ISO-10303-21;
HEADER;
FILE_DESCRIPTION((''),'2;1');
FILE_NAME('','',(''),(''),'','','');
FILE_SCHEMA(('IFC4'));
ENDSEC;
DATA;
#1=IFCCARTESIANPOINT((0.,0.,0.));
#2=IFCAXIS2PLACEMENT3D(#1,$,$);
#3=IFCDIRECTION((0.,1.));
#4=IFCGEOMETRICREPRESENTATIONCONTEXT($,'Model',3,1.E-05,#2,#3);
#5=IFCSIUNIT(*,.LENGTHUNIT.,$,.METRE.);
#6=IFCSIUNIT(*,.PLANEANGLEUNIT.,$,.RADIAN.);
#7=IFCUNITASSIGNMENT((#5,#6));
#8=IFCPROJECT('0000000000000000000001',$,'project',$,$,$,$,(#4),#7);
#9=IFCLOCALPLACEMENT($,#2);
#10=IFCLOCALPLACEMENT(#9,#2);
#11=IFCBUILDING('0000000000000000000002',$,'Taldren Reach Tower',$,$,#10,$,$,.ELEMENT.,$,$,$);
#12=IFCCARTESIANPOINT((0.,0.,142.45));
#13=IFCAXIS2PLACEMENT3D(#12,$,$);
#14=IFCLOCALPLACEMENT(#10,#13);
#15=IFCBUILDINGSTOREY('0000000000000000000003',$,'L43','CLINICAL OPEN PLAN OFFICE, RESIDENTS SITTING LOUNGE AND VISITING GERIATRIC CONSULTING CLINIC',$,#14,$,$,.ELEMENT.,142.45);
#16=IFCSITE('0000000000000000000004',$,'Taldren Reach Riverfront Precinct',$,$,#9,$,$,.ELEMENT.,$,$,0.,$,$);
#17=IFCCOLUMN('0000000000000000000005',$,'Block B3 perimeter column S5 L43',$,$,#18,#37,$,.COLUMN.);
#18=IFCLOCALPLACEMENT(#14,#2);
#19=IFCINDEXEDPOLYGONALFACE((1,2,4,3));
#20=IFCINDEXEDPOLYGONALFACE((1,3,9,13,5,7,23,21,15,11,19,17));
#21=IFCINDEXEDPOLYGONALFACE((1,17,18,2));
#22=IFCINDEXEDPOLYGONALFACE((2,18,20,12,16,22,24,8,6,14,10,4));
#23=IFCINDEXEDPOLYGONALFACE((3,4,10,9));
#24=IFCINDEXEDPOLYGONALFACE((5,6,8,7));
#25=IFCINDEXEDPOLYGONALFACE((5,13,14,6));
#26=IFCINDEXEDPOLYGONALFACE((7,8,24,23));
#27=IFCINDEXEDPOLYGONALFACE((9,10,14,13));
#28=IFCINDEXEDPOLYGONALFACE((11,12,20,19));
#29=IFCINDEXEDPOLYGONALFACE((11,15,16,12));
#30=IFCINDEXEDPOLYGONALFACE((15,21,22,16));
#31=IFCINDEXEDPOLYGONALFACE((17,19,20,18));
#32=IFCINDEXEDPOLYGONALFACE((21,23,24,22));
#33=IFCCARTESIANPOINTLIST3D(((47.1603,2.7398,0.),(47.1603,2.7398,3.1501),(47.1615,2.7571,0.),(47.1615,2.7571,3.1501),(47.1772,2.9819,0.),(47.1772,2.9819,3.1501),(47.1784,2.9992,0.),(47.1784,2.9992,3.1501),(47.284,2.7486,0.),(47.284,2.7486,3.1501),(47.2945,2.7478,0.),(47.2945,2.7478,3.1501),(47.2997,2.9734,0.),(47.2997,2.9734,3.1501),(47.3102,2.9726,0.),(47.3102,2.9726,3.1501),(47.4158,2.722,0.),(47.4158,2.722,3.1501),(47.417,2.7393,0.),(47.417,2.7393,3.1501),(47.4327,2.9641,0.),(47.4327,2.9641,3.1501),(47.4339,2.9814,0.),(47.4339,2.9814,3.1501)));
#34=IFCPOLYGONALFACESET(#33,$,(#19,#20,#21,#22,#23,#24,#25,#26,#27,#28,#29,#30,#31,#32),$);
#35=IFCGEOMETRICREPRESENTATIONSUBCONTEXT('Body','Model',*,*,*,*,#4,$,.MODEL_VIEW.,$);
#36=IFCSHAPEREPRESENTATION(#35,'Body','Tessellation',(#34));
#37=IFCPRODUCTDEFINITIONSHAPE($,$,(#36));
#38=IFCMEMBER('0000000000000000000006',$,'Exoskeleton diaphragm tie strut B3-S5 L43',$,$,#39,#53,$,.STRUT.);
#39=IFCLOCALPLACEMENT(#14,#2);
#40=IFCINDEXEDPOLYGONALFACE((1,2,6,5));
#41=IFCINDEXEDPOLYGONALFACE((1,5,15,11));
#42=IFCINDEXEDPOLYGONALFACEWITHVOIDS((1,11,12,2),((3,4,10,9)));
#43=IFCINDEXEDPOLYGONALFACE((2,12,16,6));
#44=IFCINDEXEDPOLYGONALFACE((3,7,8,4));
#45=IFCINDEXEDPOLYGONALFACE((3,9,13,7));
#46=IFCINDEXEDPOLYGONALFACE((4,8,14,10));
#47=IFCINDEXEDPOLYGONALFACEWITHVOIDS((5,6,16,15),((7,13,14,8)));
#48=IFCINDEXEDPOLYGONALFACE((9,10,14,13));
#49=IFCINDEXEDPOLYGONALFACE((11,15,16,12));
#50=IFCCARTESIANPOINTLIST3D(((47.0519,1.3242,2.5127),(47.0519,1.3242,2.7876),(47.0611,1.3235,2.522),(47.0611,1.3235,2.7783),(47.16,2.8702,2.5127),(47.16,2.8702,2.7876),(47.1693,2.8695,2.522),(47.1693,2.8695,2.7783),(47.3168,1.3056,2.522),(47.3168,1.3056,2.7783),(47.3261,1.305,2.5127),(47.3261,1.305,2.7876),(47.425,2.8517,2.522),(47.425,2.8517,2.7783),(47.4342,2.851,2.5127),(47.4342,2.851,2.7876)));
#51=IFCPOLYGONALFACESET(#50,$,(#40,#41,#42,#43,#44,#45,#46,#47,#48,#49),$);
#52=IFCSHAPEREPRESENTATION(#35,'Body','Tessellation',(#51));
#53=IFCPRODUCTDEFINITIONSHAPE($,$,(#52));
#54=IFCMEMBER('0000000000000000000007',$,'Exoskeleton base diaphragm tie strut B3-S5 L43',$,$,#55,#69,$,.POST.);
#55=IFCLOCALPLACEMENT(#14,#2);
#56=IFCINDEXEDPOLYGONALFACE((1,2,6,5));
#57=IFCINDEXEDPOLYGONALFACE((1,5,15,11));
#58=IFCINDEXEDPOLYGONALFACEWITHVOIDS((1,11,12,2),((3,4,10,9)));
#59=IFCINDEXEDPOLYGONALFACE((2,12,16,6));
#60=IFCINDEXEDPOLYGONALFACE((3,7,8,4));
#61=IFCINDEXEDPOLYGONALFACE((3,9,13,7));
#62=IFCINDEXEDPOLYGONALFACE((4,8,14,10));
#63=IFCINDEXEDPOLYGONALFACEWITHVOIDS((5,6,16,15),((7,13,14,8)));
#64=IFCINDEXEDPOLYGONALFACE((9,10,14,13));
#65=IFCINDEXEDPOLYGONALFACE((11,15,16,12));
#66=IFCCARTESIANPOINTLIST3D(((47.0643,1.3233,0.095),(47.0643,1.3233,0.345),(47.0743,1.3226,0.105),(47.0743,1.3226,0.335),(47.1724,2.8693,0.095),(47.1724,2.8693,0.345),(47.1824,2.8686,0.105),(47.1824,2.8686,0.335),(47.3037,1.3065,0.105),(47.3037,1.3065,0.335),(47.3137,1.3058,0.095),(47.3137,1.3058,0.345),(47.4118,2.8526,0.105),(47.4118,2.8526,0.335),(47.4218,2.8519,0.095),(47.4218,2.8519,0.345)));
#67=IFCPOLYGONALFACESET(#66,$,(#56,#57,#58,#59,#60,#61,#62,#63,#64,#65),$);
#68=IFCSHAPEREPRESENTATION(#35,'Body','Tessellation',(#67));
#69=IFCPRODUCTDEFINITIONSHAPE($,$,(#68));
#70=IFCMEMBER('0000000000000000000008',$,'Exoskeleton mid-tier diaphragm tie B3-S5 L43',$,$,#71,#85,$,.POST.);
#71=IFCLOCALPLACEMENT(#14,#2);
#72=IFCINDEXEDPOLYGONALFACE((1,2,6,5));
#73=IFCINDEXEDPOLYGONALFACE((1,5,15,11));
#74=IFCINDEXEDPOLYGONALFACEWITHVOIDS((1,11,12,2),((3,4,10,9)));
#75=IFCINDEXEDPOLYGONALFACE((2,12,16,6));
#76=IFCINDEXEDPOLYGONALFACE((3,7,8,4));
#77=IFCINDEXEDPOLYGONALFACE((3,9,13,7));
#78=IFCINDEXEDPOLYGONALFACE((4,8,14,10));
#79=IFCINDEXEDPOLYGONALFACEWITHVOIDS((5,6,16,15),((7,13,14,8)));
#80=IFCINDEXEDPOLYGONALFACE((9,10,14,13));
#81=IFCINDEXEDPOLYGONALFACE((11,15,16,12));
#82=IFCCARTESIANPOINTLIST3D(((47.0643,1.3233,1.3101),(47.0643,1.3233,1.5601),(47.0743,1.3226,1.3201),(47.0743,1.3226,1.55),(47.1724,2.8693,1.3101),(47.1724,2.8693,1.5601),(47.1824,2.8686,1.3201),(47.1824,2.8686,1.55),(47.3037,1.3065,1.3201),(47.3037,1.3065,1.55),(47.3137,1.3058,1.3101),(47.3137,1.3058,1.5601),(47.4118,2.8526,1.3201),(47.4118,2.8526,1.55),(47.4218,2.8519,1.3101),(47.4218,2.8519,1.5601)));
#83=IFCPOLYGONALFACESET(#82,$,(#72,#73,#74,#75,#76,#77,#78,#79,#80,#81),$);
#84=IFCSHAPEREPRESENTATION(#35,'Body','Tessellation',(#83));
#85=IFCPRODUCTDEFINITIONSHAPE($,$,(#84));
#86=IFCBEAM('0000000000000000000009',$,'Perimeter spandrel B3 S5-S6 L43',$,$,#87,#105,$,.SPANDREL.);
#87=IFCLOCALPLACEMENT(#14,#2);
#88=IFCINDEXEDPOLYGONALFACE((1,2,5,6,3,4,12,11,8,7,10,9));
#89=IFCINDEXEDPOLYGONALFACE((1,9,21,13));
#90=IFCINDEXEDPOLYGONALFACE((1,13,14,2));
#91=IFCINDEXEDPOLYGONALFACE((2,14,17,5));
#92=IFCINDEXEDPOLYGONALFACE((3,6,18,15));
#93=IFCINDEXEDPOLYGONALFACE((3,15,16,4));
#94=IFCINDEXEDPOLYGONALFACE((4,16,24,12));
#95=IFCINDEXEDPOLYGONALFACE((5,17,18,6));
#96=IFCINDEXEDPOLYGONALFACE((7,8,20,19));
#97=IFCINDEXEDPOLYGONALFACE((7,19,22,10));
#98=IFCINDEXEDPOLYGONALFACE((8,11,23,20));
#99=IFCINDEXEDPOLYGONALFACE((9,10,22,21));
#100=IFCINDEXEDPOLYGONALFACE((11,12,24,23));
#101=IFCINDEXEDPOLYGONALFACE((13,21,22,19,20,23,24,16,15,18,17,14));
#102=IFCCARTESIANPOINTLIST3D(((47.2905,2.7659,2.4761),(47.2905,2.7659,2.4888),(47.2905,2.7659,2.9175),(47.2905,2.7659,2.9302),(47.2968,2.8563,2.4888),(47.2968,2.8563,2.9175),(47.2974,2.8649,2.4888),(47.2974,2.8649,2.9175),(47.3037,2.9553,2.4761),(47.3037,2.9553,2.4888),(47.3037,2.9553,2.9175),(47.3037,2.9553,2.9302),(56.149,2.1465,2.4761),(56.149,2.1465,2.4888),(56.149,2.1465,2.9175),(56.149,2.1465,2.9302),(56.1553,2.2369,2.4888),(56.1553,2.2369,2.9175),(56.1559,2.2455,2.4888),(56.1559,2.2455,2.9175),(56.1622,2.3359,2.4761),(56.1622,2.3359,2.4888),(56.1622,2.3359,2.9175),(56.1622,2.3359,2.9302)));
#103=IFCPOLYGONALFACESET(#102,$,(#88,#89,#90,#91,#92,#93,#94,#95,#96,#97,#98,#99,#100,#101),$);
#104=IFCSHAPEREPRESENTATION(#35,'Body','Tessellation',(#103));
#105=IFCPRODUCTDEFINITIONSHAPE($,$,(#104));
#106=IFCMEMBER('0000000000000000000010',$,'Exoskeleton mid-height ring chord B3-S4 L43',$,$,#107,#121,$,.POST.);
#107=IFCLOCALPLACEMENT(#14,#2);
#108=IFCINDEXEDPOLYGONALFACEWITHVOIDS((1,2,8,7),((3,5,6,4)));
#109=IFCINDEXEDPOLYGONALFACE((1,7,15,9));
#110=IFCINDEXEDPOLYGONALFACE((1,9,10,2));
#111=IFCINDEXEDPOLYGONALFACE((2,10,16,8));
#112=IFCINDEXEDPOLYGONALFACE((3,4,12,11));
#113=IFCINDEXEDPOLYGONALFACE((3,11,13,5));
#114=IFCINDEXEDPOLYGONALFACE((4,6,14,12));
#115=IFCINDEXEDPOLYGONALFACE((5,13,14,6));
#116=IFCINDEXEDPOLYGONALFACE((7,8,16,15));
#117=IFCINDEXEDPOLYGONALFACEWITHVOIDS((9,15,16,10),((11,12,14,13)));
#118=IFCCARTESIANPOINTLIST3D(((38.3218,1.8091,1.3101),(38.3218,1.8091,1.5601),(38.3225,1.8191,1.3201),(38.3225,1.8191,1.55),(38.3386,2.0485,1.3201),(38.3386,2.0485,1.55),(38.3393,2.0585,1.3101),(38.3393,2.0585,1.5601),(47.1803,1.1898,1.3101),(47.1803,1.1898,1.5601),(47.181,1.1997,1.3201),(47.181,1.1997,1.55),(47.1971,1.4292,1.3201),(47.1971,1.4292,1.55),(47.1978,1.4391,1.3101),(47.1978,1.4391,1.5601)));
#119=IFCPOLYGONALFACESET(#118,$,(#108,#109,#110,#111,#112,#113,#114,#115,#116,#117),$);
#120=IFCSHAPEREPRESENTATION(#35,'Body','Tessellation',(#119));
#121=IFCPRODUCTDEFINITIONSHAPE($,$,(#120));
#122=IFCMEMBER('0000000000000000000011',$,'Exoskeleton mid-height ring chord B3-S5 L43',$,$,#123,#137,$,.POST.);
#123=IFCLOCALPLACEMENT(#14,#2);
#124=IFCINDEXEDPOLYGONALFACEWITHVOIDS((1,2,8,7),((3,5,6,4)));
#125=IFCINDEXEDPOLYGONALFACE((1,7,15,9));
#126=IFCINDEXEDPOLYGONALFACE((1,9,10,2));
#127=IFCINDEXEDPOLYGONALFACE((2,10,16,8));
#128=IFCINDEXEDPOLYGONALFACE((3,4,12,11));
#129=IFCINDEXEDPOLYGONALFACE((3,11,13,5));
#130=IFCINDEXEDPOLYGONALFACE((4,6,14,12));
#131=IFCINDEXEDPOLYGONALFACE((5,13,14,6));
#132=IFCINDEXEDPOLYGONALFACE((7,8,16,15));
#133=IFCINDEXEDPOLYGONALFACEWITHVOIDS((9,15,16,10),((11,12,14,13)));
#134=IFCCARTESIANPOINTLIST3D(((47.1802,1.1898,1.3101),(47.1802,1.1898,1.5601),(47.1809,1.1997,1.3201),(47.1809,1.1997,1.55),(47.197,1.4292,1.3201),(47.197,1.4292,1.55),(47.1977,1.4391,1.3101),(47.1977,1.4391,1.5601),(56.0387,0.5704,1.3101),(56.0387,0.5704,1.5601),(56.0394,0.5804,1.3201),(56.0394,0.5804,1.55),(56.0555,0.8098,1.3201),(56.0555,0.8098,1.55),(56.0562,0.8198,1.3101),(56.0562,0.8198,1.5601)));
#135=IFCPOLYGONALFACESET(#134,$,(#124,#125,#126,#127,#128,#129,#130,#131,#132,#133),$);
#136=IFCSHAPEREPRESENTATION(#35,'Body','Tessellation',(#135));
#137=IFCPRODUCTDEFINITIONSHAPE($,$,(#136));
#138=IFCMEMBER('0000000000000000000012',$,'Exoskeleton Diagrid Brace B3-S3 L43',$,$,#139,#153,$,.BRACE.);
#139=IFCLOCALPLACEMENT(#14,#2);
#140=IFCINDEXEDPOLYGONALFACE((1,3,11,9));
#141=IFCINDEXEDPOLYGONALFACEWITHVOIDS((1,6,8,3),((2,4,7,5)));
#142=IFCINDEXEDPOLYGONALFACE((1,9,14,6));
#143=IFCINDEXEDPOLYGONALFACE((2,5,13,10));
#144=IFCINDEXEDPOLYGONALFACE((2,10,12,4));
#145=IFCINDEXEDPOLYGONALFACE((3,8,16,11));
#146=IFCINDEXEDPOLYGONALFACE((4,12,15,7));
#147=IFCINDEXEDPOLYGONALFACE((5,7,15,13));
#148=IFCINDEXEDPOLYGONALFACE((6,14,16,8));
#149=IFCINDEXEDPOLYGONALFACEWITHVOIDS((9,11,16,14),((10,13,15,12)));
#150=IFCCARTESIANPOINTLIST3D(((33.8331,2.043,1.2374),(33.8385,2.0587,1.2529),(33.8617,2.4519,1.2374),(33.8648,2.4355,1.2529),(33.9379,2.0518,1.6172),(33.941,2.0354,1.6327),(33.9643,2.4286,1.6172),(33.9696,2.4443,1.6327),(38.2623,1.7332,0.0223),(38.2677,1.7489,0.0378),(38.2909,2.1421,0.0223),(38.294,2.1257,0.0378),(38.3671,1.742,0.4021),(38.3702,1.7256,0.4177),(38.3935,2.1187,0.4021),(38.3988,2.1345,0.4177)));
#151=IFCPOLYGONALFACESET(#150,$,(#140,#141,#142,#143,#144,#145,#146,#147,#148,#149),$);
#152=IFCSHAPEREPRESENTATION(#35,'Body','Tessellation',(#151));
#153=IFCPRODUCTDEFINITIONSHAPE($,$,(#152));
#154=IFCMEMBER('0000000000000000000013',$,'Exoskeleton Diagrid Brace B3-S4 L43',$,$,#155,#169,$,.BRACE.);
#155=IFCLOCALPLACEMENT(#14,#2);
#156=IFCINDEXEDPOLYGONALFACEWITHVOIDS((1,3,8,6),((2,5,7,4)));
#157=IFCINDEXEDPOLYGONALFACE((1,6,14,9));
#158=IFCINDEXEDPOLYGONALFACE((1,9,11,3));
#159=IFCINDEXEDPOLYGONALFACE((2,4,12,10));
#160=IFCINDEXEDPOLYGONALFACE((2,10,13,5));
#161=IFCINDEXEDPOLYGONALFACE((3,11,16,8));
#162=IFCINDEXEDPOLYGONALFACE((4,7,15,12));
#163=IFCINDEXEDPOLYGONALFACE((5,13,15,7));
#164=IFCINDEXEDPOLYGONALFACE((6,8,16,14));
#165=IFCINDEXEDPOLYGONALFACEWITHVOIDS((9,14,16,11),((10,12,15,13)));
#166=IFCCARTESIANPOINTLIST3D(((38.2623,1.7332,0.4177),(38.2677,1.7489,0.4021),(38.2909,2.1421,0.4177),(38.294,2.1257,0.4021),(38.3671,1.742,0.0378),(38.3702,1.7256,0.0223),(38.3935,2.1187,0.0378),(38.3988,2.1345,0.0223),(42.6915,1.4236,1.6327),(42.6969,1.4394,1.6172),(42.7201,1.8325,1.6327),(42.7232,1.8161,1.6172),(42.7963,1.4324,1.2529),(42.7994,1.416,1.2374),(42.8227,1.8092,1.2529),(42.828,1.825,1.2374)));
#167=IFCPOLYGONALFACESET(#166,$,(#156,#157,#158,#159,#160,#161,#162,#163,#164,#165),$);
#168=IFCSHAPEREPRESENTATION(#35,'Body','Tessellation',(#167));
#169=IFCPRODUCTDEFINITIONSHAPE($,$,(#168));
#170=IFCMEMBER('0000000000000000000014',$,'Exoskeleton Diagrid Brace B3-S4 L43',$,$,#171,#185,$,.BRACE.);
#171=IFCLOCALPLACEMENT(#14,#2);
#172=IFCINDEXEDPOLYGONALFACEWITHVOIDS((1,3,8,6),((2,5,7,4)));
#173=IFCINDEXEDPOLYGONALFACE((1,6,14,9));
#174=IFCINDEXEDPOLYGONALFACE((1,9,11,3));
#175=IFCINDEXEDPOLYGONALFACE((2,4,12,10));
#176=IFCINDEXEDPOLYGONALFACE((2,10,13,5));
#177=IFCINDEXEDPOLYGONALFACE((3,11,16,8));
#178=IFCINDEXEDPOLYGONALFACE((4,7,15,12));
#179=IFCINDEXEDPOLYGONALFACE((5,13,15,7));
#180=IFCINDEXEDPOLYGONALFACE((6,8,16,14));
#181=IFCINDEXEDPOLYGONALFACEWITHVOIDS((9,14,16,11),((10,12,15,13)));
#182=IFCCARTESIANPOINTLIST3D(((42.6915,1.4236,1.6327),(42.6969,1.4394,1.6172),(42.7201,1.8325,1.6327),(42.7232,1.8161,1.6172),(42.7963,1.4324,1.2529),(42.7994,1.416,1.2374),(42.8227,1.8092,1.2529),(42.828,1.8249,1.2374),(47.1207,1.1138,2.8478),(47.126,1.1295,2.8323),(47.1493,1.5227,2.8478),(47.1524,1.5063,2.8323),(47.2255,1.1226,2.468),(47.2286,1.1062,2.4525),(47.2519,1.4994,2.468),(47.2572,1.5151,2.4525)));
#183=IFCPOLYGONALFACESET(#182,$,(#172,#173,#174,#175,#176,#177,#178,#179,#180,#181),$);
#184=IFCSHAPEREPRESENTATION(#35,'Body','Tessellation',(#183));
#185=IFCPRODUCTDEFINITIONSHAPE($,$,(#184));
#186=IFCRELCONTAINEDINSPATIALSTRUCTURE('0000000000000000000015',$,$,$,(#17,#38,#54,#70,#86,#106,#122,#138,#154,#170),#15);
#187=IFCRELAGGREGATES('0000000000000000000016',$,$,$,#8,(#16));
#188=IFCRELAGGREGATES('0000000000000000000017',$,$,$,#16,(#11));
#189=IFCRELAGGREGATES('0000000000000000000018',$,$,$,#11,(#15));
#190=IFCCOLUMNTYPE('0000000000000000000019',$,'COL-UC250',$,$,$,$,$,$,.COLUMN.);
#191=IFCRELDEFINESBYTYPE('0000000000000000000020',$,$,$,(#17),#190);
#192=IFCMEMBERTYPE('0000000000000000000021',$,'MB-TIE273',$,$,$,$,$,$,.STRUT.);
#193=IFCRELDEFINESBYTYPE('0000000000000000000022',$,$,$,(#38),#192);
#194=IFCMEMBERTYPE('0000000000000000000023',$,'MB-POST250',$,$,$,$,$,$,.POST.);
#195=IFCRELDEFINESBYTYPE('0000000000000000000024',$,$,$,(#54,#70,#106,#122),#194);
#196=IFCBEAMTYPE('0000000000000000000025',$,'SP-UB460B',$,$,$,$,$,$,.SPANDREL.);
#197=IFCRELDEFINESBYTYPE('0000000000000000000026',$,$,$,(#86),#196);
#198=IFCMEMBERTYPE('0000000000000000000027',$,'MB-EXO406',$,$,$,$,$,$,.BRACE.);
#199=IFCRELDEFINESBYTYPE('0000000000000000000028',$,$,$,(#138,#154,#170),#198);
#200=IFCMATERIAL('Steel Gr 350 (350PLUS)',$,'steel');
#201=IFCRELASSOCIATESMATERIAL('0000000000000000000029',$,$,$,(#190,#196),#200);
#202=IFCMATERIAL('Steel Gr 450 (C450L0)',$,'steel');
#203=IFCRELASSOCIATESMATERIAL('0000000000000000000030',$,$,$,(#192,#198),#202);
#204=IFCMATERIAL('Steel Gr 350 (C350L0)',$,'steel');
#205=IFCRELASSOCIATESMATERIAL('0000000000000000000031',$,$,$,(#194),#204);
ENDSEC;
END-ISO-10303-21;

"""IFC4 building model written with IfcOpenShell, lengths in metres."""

from ifc_helpers import new_model, si_unit, direction, frame, origin, origin_2d, place, context, subcontext, project, spatial, hollow_rectangle, i_section, extrude, source, transform, mapped, material, material_profile, profile_set, type_object, element, save


model = new_model("IFC4")

# Units and contexts
model_context = context("Model", 3, precision=1e-05, world=origin(), true_north=direction((0.0, 1.0)))
body_context = subcontext(model_context, "Body", "Model", "MODEL_VIEW")
ifc_project = project(units=[si_unit("LENGTHUNIT", "METRE"), si_unit("PLANEANGLEUNIT", "RADIAN")], contexts=[model_context])

# Site, building, storey
site_placement = place(None, origin())
site = spatial("IfcSite", under=ifc_project, at=site_placement, Name="Taldren Reach Riverfront Precinct", CompositionType="ELEMENT", RefElevation=0.0)
building_placement = place(site_placement, origin())
building = spatial("IfcBuilding", under=site, at=building_placement, Name="Taldren Reach Tower", CompositionType="ELEMENT")
storey_placement = place(building_placement, frame((0.0, 0.0, 142.45)))
storey = spatial("IfcBuildingStorey", under=building, at=storey_placement, Name="L43", Description="CLINICAL OPEN PLAN OFFICE, RESIDENTS SITTING LOUNGE AND VISITING GERIATRIC CONSULTING CLINIC", CompositionType="ELEMENT", Elevation=142.45)

# Column
ifc_material_1 = material(Name="Steel Gr 350 (350PLUS)", Category="steel")
ifc_material_profile_1 = material_profile(ifc_material_1, i_section(OverallWidth=0.2561, OverallDepth=0.26, WebThickness=0.0105, FlangeThickness=0.0173, at=origin_2d()), Name="250UC89.5")
ifc_profile_set_1 = profile_set([ifc_material_profile_1], Name="Steel Gr 350 (350PLUS)")
column_type = type_object("IfcColumnType", Name="COL-UC250", PredefinedType="COLUMN", material=ifc_profile_set_1)
shared_shape_1 = source(origin(), body_context, "Body", "SweptSolid", [
    extrude(i_section(OverallWidth=0.2561, OverallDepth=0.26, WebThickness=0.0105, FlangeThickness=0.0173, at=origin_2d()), origin(), (0.0, 0.0, 1.0), 3.1501),
])
column_placement = place(storey_placement, frame((47.2971, 2.8606, 0.0), z_axis=(0.0, 0.0, 1.0), x_axis=(0.997564, -0.069756, 0.0)))
element("IfcColumn", 1, at=column_placement, inside=storey, type_object=column_type, Name="Block B3 perimeter column S5 L43", PredefinedType="COLUMN", context=body_context, shape_type="MappedRepresentation", body=[
    mapped(shared_shape_1, transform((0.0, 0.0, 0.0), scale=1.0)),
])

# Members
ifc_material_2 = material(Name="Steel Gr 450 (C450L0)", Category="steel")
ifc_material_profile_2 = material_profile(ifc_material_2, hollow_rectangle(XDim=0.2749, YDim=0.2749, WallThickness=0.0093, at=origin_2d()), Name="275x275x9.3SHS")
ifc_profile_set_2 = profile_set([ifc_material_profile_2], Name="Steel Gr 450 (C450L0)")
member_type_1 = type_object("IfcMemberType", Name="MB-TIE273", PredefinedType="STRUT", material=ifc_profile_set_2)
shared_shape_2 = source(origin(), body_context, "Body", "SweptSolid", [
    extrude(hollow_rectangle(XDim=0.2749, YDim=0.2749, WallThickness=0.0093, at=origin_2d()), origin(), (0.0, 0.0, 1.0), 1.5498),
])
member_1_placement = place(storey_placement, frame((47.2971, 2.8606, 2.6501), z_axis=(-0.069781, -0.997562, 0.0), x_axis=(0.997562, -0.069781, 0.0)))
element("IfcMember", 2, at=member_1_placement, inside=storey, type_object=member_type_1, Name="Exoskeleton diaphragm tie strut B3-S5 L43", PredefinedType="STRUT", context=body_context, shape_type="MappedRepresentation", body=[
    mapped(shared_shape_2, transform((0.0, 0.0, 0.0), scale=1.0)),
])
ifc_material_3 = material(Name="Steel Gr 350 (C350L0)", Category="steel")
ifc_material_profile_3 = material_profile(ifc_material_3, hollow_rectangle(XDim=0.25, YDim=0.25, WallThickness=0.01, at=origin_2d()), Name="250x250x10.0SHS")
ifc_profile_set_3 = profile_set([ifc_material_profile_3], Name="Steel Gr 350 (C350L0)")
member_type_2 = type_object("IfcMemberType", Name="MB-POST250", PredefinedType="POST", material=ifc_profile_set_3)
shared_shape_3 = source(origin(), body_context, "Body", "SweptSolid", [
    extrude(hollow_rectangle(XDim=0.25, YDim=0.25, WallThickness=0.01, at=origin_2d()), origin(), (0.0, 0.0, 1.0), 1.5498),
])
for number, where, z_axis, x_axis, name in (
    (3, (47.2971, 2.8606, 0.22), (-0.069781, -0.997562, 0.0), (0.997562, -0.069781, 0.0), "Exoskeleton base diaphragm tie strut B3-S5 L43"),
    (4, (47.2971, 2.8606, 1.4351), (-0.069781, -0.997562, 0.0), (0.997562, -0.069781, 0.0), "Exoskeleton mid-tier diaphragm tie B3-S5 L43"),
):
    element("IfcMember", number, at=place(storey_placement, frame(where, z_axis=z_axis, x_axis=x_axis)), inside=storey, type_object=member_type_2, Name=name, PredefinedType="POST", context=body_context, shape_type="MappedRepresentation", body=[
        mapped(shared_shape_3, transform((0.0, 0.0, 0.0), scale=1.0)),
    ])

# Beam
ifc_material_profile_4 = material_profile(ifc_material_1, i_section(OverallWidth=0.1899, OverallDepth=0.4541, WebThickness=0.0085, FlangeThickness=0.0127, at=origin_2d()), Name="460UB67.1")
ifc_profile_set_4 = profile_set([ifc_material_profile_4], Name="Steel Gr 350 (350PLUS)")
beam_type = type_object("IfcBeamType", Name="SP-UB460B", PredefinedType="SPANDREL", material=ifc_profile_set_4)
shared_shape_4 = source(origin(), body_context, "Body", "SweptSolid", [
    extrude(i_section(OverallWidth=0.1899, OverallDepth=0.4541, WebThickness=0.0085, FlangeThickness=0.0127, at=origin_2d()), origin(), (0.0, 0.0, 1.0), 8.8801),
])
beam_placement = place(storey_placement, frame((47.2971, 2.8606, 2.7031), z_axis=(0.997564, -0.06975, 0.0), x_axis=(0.06975, 0.997564, 0.0)))
element("IfcBeam", 5, at=beam_placement, inside=storey, type_object=beam_type, Name="Perimeter spandrel B3 S5-S6 L43", PredefinedType="SPANDREL", context=body_context, shape_type="MappedRepresentation", body=[
    mapped(shared_shape_4, transform((0.0, 0.0, 0.0), scale=1.0)),
])

# Members
shared_shape_5 = source(origin(), body_context, "Body", "SweptSolid", [
    extrude(hollow_rectangle(XDim=0.25, YDim=0.25, WallThickness=0.01, at=origin_2d()), origin(), (0.0, 0.0, 1.0), 8.8801),
])
for number, where, z_axis, x_axis, name in (
    (6, (38.3306, 1.9338, 1.4351), (0.997564, -0.06975, 0.0), (0.06975, 0.997564, 0.0), "Exoskeleton mid-height ring chord B3-S4 L43"),
    (7, (47.189, 1.3145, 1.4351), (0.997564, -0.06975, 0.0), (0.06975, 0.997564, 0.0), "Exoskeleton mid-height ring chord B3-S5 L43"),
):
    element("IfcMember", number, at=place(storey_placement, frame(where, z_axis=z_axis, x_axis=x_axis)), inside=storey, type_object=member_type_2, Name=name, PredefinedType="POST", context=body_context, shape_type="MappedRepresentation", body=[
        mapped(shared_shape_5, transform((0.0, 0.0, 0.0), scale=1.0)),
    ])
ifc_material_profile_5 = material_profile(ifc_material_2, hollow_rectangle(XDim=0.4099, YDim=0.4099, WallThickness=0.0161, at=origin_2d()), Name="410x410x16.0SHS")
ifc_profile_set_5 = profile_set([ifc_material_profile_5], Name="Steel Gr 450 (C450L0)")
member_type_3 = type_object("IfcMemberType", Name="MB-EXO406", PredefinedType="BRACE", material=ifc_profile_set_5)
shared_shape_6 = source(origin(), body_context, "Body", "SweptSolid", [
    extrude(hollow_rectangle(XDim=0.4099, YDim=0.4099, WallThickness=0.0161, at=origin_2d()), origin(), (0.0, 0.0, 1.0), 4.6033),
])
for number, where, z_axis, x_axis, name in (
    (8, (38.3306, 1.9338, 0.22), (-0.962182, 0.067303, 0.263961), (-0.069778, -0.997563, 0.0), "Exoskeleton Diagrid Brace B3-S3 L43"),
    (9, (38.3306, 1.9338, 0.22), (0.962186, -0.06725, 0.263962), (0.069723, 0.997566, 0.0), "Exoskeleton Diagrid Brace B3-S4 L43"),
    (10, (42.7598, 1.6243, 1.4351), (0.962182, -0.067303, 0.263961), (0.069778, 0.997563, 0.0), "Exoskeleton Diagrid Brace B3-S4 L43"),
):
    element("IfcMember", number, at=place(storey_placement, frame(where, z_axis=z_axis, x_axis=x_axis)), inside=storey, type_object=member_type_3, Name=name, PredefinedType="BRACE", context=body_context, shape_type="MappedRepresentation", body=[
        mapped(shared_shape_6, transform((0.0, 0.0, 0.0), scale=1.0)),
    ])

save(model, "model.ifc")
